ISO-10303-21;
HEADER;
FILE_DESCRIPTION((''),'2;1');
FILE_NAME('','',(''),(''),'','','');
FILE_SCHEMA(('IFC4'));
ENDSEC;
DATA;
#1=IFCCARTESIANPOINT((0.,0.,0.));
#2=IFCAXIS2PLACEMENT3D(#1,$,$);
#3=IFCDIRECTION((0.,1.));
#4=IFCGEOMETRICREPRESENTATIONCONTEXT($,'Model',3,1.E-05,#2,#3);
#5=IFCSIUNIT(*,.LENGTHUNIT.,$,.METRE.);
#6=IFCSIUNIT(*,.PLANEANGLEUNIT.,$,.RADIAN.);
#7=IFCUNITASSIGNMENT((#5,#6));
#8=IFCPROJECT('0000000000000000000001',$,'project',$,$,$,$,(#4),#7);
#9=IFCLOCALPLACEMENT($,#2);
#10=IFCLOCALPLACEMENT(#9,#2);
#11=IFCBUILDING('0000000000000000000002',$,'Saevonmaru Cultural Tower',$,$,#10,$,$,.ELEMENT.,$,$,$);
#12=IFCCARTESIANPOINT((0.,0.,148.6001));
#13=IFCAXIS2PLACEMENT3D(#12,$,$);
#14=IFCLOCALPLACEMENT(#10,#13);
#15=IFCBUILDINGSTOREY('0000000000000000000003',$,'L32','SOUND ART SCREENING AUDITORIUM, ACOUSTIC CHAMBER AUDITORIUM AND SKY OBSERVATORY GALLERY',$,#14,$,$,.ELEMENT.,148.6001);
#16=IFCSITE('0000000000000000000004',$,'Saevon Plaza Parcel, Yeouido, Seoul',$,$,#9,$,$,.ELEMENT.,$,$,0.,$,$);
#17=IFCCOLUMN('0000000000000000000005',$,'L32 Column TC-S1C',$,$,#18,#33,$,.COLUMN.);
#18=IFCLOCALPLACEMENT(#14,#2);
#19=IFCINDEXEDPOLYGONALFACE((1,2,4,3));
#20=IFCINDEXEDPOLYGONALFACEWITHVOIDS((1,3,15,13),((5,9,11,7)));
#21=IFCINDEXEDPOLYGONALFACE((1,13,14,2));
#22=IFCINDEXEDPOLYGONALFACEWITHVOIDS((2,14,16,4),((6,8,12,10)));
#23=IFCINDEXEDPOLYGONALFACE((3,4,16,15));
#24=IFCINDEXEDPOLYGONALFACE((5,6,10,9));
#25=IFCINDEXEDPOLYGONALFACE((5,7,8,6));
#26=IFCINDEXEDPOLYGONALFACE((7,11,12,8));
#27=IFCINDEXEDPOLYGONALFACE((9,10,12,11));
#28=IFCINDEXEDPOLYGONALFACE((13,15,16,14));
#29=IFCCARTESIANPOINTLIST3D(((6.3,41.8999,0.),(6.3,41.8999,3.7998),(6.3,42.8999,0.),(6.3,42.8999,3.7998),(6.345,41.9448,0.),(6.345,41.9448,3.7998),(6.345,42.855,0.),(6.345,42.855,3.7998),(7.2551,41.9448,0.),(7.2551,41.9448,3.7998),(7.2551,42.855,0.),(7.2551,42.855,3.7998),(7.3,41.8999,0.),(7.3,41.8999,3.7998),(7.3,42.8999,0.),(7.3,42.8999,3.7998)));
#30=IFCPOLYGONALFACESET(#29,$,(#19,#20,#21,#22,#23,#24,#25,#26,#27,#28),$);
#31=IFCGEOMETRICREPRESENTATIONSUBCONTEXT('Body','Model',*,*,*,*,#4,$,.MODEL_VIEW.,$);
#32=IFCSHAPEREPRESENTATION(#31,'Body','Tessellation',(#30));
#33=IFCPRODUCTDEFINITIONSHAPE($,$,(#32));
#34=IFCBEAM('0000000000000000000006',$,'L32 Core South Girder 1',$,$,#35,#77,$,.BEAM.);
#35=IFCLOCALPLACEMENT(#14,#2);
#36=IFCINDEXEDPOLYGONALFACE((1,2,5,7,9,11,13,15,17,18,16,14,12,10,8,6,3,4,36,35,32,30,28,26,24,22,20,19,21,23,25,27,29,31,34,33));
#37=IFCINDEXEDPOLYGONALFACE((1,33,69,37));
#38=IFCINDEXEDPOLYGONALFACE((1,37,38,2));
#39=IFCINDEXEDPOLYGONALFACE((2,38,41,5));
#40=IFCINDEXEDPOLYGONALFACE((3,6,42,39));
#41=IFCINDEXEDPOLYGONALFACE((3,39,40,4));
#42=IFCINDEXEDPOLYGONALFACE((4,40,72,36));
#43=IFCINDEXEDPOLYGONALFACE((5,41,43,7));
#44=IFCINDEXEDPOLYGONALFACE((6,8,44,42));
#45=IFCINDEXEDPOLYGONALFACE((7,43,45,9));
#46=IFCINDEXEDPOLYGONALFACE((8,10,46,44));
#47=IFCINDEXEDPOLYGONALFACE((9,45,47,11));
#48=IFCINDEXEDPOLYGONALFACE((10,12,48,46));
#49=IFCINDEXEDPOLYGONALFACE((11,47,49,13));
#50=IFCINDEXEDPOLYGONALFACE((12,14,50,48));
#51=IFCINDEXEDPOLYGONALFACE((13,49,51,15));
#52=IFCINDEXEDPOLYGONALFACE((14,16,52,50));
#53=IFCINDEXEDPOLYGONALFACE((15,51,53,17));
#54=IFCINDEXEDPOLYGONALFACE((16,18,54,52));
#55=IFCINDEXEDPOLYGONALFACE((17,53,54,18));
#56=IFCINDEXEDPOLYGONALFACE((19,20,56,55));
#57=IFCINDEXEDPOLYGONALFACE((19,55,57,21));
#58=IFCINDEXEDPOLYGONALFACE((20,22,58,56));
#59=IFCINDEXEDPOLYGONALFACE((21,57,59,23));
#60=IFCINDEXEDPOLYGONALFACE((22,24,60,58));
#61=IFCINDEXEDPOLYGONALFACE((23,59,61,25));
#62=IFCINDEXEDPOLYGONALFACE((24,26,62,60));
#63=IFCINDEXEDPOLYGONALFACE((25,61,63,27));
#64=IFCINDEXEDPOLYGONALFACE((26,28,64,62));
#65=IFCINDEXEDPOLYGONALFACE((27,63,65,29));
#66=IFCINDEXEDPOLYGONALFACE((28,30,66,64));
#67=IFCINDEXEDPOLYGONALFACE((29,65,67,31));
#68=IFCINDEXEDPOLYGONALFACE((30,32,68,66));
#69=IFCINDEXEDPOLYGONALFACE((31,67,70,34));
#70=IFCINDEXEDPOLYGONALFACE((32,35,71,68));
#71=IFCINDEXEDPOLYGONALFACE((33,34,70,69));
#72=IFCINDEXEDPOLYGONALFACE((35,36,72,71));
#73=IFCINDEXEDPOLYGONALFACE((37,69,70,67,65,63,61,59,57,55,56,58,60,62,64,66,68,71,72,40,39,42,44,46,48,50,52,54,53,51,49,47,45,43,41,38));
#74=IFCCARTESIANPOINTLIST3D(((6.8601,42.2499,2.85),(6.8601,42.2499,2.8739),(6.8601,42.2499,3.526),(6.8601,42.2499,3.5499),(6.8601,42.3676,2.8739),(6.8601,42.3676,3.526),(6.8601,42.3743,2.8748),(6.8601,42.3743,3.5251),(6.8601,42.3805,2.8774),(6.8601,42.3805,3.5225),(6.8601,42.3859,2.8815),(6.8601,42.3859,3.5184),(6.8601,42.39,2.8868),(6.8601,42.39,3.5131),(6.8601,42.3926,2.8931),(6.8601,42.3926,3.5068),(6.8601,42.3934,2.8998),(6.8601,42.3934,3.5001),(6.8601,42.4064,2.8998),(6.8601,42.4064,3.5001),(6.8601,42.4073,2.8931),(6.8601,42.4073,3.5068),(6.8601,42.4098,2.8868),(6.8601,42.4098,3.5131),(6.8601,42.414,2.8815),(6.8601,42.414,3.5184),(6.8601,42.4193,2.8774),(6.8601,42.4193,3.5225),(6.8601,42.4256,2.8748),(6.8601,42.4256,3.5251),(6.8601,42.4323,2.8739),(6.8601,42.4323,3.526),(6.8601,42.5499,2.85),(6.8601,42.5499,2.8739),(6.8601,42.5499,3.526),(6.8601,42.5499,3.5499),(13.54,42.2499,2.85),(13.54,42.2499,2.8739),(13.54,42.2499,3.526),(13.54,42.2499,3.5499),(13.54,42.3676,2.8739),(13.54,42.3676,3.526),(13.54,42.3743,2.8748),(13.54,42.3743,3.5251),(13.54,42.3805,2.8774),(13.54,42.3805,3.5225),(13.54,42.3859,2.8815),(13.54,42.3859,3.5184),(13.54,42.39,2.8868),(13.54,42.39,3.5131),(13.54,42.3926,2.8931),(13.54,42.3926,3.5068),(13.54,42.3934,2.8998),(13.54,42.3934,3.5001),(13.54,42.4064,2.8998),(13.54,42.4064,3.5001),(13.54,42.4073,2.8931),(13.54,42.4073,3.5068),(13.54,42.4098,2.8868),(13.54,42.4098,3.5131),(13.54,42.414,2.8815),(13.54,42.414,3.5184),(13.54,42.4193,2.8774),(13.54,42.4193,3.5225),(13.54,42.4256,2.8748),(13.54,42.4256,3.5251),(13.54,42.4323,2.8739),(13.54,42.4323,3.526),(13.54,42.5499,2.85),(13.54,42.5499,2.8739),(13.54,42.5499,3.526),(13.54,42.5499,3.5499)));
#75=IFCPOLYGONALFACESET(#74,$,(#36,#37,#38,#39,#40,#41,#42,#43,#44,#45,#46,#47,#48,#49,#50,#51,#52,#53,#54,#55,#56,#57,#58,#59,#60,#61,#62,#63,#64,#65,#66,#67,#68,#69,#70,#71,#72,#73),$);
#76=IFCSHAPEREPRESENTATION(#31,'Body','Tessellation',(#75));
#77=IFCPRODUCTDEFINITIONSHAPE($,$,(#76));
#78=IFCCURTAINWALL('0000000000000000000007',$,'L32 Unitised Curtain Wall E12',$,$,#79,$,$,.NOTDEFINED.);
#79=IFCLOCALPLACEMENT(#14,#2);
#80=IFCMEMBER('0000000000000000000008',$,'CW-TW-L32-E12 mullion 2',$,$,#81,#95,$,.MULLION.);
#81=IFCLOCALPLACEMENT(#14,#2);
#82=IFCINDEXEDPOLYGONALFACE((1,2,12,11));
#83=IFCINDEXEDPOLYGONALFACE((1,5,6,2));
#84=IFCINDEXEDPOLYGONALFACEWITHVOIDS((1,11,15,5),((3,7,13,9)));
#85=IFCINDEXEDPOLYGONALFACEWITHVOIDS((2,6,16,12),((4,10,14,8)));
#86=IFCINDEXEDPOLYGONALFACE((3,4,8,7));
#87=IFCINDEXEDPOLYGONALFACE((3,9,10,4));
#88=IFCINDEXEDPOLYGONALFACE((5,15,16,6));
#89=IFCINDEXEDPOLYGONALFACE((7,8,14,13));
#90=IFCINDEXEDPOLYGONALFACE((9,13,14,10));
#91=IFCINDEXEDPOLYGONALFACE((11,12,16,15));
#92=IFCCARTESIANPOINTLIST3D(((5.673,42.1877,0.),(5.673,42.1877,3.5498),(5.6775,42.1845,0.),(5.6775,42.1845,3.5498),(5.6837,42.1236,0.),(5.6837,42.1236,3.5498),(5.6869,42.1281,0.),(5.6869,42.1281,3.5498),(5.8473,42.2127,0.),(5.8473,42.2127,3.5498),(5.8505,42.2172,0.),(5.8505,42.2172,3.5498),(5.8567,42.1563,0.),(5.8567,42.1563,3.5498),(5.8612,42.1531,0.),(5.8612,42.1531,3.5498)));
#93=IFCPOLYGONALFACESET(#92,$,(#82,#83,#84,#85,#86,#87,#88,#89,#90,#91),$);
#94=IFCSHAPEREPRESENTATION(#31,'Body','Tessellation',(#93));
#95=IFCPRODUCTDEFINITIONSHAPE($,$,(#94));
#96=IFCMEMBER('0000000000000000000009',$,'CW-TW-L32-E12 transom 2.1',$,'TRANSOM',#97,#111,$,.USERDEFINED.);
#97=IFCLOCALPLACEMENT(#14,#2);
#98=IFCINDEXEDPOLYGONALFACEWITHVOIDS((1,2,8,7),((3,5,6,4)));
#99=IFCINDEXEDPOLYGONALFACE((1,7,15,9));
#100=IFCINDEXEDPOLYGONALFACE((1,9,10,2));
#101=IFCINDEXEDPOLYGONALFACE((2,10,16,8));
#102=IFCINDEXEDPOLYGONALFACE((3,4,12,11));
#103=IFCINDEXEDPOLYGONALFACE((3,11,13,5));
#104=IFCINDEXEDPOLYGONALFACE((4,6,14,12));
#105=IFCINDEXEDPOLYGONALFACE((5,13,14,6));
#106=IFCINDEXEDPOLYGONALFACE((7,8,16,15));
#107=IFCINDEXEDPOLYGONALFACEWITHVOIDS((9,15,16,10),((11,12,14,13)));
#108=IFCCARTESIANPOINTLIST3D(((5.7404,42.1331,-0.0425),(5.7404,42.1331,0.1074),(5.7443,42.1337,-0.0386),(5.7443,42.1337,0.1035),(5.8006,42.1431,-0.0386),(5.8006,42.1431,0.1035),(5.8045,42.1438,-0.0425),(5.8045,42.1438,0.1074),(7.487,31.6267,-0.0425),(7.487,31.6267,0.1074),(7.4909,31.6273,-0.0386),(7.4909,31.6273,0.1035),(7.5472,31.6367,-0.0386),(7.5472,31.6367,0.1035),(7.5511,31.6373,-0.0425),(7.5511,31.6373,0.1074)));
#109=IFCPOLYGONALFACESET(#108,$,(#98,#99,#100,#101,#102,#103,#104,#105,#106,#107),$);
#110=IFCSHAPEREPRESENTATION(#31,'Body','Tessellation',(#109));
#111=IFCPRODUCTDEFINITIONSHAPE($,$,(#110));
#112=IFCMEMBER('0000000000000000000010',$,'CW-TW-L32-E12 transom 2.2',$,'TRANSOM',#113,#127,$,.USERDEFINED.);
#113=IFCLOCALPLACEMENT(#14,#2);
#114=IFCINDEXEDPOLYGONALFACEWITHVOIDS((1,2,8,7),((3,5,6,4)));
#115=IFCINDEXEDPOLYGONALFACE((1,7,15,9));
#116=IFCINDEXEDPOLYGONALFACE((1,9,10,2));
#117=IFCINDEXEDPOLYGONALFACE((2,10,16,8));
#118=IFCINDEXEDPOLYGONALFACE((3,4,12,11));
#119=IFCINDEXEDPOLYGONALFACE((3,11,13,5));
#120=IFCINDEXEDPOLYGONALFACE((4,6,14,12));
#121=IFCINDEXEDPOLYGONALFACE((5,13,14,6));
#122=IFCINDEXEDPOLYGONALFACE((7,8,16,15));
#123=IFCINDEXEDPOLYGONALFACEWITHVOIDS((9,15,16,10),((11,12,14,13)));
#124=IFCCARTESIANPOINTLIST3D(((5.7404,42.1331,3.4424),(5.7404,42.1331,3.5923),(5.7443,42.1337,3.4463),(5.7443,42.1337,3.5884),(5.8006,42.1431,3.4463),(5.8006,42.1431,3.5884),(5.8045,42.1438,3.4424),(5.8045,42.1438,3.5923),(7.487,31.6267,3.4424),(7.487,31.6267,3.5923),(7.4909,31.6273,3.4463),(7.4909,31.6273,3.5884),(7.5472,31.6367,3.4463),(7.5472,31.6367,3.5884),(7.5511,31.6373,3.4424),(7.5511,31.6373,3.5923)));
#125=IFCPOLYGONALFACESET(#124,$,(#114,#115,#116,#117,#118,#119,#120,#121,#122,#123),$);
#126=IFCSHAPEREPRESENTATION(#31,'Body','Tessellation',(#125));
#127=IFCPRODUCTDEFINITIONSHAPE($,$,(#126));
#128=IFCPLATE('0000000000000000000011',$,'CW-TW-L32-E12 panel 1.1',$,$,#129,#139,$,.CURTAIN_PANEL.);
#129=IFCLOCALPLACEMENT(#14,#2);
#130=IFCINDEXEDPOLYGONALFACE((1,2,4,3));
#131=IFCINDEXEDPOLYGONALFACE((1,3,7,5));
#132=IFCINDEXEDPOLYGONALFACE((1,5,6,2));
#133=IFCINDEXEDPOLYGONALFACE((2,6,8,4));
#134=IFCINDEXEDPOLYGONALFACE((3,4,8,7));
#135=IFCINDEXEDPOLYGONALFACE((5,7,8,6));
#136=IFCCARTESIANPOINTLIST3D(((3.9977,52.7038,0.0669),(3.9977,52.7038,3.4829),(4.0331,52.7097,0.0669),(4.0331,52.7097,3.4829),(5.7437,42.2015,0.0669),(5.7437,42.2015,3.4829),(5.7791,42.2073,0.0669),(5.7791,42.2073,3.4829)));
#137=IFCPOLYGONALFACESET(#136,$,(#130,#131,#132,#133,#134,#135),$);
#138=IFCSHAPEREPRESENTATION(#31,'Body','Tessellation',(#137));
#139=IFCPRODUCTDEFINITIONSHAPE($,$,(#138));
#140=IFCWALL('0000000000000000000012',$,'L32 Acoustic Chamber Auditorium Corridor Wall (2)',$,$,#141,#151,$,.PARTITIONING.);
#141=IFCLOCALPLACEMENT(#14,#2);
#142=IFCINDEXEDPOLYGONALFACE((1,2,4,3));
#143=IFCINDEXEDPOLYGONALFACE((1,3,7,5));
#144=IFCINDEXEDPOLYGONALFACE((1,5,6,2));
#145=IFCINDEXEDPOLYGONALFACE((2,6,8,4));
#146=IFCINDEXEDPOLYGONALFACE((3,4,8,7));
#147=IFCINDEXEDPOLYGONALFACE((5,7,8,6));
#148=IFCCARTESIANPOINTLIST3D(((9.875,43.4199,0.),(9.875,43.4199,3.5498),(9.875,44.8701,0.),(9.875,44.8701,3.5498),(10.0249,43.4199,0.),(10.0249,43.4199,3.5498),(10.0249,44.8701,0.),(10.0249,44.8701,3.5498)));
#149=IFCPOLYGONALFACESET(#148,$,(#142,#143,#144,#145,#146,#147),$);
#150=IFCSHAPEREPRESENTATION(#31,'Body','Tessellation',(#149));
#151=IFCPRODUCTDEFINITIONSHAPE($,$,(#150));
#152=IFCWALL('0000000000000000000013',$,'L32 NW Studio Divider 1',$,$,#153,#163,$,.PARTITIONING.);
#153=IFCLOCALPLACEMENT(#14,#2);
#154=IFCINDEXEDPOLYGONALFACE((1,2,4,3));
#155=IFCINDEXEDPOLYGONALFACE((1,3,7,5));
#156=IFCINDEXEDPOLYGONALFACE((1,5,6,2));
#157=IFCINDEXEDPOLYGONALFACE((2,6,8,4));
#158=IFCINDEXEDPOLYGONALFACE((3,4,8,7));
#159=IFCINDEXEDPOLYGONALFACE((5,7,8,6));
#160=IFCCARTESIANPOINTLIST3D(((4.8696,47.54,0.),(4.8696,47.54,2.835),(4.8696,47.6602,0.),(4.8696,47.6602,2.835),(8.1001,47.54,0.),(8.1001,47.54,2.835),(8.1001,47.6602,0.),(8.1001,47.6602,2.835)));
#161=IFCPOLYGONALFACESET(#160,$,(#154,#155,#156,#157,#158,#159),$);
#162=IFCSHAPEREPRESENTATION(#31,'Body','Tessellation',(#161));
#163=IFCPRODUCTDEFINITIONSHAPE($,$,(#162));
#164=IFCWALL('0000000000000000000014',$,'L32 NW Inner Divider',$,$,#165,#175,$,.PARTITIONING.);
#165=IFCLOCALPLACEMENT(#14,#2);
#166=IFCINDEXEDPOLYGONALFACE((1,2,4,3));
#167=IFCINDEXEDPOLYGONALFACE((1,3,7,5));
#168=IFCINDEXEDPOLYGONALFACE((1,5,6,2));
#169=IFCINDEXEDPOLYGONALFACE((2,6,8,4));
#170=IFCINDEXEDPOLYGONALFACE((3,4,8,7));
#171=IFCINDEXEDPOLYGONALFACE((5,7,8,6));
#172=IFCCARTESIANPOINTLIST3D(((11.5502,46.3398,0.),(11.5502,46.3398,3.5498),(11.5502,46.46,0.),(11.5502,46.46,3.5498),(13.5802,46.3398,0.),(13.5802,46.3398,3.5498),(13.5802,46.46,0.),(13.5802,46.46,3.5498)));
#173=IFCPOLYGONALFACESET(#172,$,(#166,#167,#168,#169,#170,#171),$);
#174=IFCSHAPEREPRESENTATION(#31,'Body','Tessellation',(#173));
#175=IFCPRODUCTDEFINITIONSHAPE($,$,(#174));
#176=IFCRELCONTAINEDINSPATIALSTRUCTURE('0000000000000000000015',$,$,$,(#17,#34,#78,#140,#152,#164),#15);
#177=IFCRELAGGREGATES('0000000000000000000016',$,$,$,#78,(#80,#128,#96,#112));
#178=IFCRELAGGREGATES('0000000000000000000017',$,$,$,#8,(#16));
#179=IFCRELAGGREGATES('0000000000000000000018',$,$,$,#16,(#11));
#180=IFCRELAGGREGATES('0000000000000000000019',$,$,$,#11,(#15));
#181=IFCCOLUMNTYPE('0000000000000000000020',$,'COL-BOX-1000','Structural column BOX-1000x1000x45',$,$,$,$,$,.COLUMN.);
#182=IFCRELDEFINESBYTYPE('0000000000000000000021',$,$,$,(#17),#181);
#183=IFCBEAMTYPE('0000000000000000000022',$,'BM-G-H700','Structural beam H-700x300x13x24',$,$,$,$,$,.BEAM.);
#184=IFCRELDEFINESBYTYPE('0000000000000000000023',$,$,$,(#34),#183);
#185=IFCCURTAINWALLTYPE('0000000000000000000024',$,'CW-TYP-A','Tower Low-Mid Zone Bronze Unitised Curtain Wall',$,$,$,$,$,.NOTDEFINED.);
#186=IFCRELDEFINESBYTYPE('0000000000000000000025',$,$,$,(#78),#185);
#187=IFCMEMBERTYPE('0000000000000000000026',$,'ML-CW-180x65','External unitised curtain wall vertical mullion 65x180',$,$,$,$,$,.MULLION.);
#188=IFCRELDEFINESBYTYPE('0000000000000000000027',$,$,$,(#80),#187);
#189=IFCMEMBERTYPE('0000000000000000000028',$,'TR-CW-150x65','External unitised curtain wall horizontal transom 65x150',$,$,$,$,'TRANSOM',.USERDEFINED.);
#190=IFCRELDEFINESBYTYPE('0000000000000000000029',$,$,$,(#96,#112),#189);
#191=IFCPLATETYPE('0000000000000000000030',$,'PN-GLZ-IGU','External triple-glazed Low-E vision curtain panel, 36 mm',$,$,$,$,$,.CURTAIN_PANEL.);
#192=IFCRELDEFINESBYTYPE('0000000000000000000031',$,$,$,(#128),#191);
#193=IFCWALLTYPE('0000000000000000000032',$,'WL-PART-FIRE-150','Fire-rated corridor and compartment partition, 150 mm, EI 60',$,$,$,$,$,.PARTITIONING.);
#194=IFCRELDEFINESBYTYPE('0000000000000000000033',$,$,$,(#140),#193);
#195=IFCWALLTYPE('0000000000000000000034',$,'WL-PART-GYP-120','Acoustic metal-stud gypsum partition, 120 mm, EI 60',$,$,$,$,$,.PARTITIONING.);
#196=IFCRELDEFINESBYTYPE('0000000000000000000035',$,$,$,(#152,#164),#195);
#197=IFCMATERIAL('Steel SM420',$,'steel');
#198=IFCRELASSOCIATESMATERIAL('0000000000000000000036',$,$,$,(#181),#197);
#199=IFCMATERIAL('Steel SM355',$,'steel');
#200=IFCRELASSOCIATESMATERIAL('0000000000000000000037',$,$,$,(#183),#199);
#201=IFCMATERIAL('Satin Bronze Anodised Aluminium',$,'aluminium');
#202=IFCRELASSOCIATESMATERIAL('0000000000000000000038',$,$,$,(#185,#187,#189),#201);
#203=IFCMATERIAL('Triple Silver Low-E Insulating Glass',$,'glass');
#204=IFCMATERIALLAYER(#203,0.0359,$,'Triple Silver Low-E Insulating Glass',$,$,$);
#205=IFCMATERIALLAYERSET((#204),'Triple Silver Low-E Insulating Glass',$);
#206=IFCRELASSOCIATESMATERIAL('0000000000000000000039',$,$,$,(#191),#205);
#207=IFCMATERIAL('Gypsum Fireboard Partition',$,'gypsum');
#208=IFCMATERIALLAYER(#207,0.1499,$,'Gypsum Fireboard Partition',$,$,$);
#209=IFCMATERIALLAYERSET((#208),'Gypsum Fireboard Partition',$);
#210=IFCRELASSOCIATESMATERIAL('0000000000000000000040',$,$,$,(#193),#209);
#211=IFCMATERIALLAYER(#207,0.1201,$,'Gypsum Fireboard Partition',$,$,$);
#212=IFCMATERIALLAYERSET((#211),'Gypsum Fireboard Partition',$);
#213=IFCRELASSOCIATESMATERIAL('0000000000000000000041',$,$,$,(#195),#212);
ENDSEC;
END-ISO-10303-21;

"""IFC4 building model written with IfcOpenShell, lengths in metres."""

from ifc_helpers import new_model, si_unit, direction, frame, frame_2d, origin, origin_2d, place, context, subcontext, project, spatial, rectangle, hollow_rectangle, i_section, extrude, material, layer, layer_set, material_profile, profile_set, type_object, element, aggregate, save


model = new_model("IFC4")

# Units and contexts
model_context = context("Model", 3, precision=1e-05, world=origin(), true_north=direction((0.0, 1.0)))
body_context = subcontext(model_context, "Body", "Model", "MODEL_VIEW")
ifc_project = project(units=[si_unit("LENGTHUNIT", "METRE"), si_unit("PLANEANGLEUNIT", "RADIAN")], contexts=[model_context])

# Site, building, storey
site_placement = place(None, origin())
site = spatial("IfcSite", under=ifc_project, at=site_placement, Name="Saevon Plaza Parcel, Yeouido, Seoul", CompositionType="ELEMENT", RefElevation=0.0)
building_placement = place(site_placement, origin())
building = spatial("IfcBuilding", under=site, at=building_placement, Name="Saevonmaru Cultural Tower", CompositionType="ELEMENT")
storey_placement = place(building_placement, frame((0.0, 0.0, 148.6001)))
storey = spatial("IfcBuildingStorey", under=building, at=storey_placement, Name="L32", Description="SOUND ART SCREENING AUDITORIUM, ACOUSTIC CHAMBER AUDITORIUM AND SKY OBSERVATORY GALLERY", CompositionType="ELEMENT", Elevation=148.6001)

# Column
ifc_material_1 = material(Name="Steel SM420", Category="steel")
ifc_material_profile_1 = material_profile(ifc_material_1, hollow_rectangle(XDim=1.0, YDim=1.0, WallThickness=0.0449, at=origin_2d()), Name="BOX-1000x1000x45")
ifc_profile_set_1 = profile_set([ifc_material_profile_1], Name="Steel SM420")
column_type = type_object("IfcColumnType", Name="COL-BOX-1000", Description="Structural column BOX-1000x1000x45", PredefinedType="COLUMN", material=ifc_profile_set_1)
column_placement = place(storey_placement, frame((6.8, 42.3999, 0.0), z_axis=(0.0, 0.0, 1.0), x_axis=(1.0, 0.0, 0.0)))
element("IfcColumn", 1, at=column_placement, inside=storey, type_object=column_type, Name="L32 Column TC-S1C", PredefinedType="COLUMN", context=body_context, shape_type="SweptSolid", body=[
    extrude(hollow_rectangle(XDim=1.0, YDim=1.0, WallThickness=0.0449, at=origin_2d()), origin(), (0.0, 0.0, 1.0), 3.7998),
])

# Beam
ifc_material_2 = material(Name="Steel SM355", Category="steel")
ifc_material_profile_2 = material_profile(ifc_material_2, i_section(OverallWidth=0.3, OverallDepth=0.7, WebThickness=0.0129, FlangeThickness=0.0239, FilletRadius=0.0259, at=origin_2d()), Name="H-700x300x13x24")
ifc_profile_set_2 = profile_set([ifc_material_profile_2], Name="Steel SM355")
beam_type = type_object("IfcBeamType", Name="BM-G-H700", Description="Structural beam H-700x300x13x24", PredefinedType="BEAM", material=ifc_profile_set_2)
beam_placement = place(storey_placement, frame((6.8601, 42.3999, 3.2), z_axis=(1.0, 0.0, 0.0), x_axis=(0.0, 1.0, 0.0)))
element("IfcBeam", 2, at=beam_placement, inside=storey, type_object=beam_type, Name="L32 Core South Girder 1", PredefinedType="BEAM", context=body_context, shape_type="SweptSolid", body=[
    extrude(i_section(OverallWidth=0.3, OverallDepth=0.7, WebThickness=0.0129, FlangeThickness=0.0239, FilletRadius=0.0259, at=origin_2d()), origin(), (0.0, 0.0, 1.0), 6.6799),
])

# Curtain wall, members, plate
ifc_material_3 = material(Name="Satin Bronze Anodised Aluminium", Category="aluminium")
curtain_wall_type = type_object("IfcCurtainWallType", Name="CW-TYP-A", Description="Tower Low-Mid Zone Bronze Unitised Curtain Wall", PredefinedType="NOTDEFINED", material=ifc_material_3)
curtain_wall_placement = place(storey_placement, origin())
curtain_wall = element("IfcCurtainWall", 3, at=curtain_wall_placement, inside=storey, type_object=curtain_wall_type, Name="L32 Unitised Curtain Wall E12", PredefinedType="NOTDEFINED")
ifc_material_profile_3 = material_profile(ifc_material_3, hollow_rectangle(XDim=0.0649, YDim=0.1799, WallThickness=0.0039, at=origin_2d()), Name="ALU-MULL-180x65x4")
ifc_profile_set_3 = profile_set([ifc_material_profile_3], Name="Satin Bronze Anodised Aluminium")
member_type_1 = type_object("IfcMemberType", Name="ML-CW-180x65", Description="External unitised curtain wall vertical mullion 65x180", PredefinedType="MULLION", material=ifc_profile_set_3)
member_1_placement = place(storey_placement, frame((5.7671, 42.1704, 0.0), z_axis=(0.0, 0.0, 1.0), x_axis=(0.163999, -0.986461, 0.0)))
member_1 = element("IfcMember", 4, at=member_1_placement, type_object=member_type_1, Name="CW-TW-L32-E12 mullion 2", PredefinedType="MULLION", context=body_context, shape_type="SweptSolid", body=[
    extrude(hollow_rectangle(XDim=0.0649, YDim=0.1799, WallThickness=0.0039, at=origin_2d()), origin(), (0.0, 0.0, 1.0), 3.5498),
])
ifc_material_profile_4 = material_profile(ifc_material_3, hollow_rectangle(XDim=0.0649, YDim=0.1499, WallThickness=0.0039, at=origin_2d()), Name="ALU-TRAN-150x65x4")
ifc_profile_set_4 = profile_set([ifc_material_profile_4], Name="Satin Bronze Anodised Aluminium")
member_type_2 = type_object("IfcMemberType", Name="TR-CW-150x65", Description="External unitised curtain wall horizontal transom 65x150", ElementType="TRANSOM", PredefinedType="USERDEFINED", material=ifc_profile_set_4)
member_2_placement = place(storey_placement, frame((5.7725, 42.1384, 0.0325), z_axis=(0.16399, -0.986462, 0.0), x_axis=(0.986462, 0.16399, 0.0)))
member_2 = element("IfcMember", 5, at=member_2_placement, type_object=member_type_2, Name="CW-TW-L32-E12 transom 2.1", ObjectType="TRANSOM", PredefinedType="USERDEFINED", context=body_context, shape_type="SweptSolid", body=[
    extrude(hollow_rectangle(XDim=0.0649, YDim=0.1499, WallThickness=0.0039, at=origin_2d()), origin(), (0.0, 0.0, 1.0), 10.6506),
])
member_3_placement = place(storey_placement, frame((5.7725, 42.1384, 3.5173), z_axis=(0.16399, -0.986462, 0.0), x_axis=(0.986462, 0.16399, 0.0)))
member_3 = element("IfcMember", 6, at=member_3_placement, type_object=member_type_2, Name="CW-TW-L32-E12 transom 2.2", ObjectType="TRANSOM", PredefinedType="USERDEFINED", context=body_context, shape_type="SweptSolid", body=[
    extrude(hollow_rectangle(XDim=0.0649, YDim=0.1499, WallThickness=0.0039, at=origin_2d()), origin(), (0.0, 0.0, 1.0), 10.6506),
])
ifc_material_4 = material(Name="Triple Silver Low-E Insulating Glass", Category="glass")
ifc_layer_1 = layer(ifc_material_4, 0.0359, Name="Triple Silver Low-E Insulating Glass")
ifc_layer_set_1 = layer_set([ifc_layer_1], Name="Triple Silver Low-E Insulating Glass")
plate_type = type_object("IfcPlateType", Name="PN-GLZ-IGU", Description="External triple-glazed Low-E vision curtain panel, 36 mm", PredefinedType="CURTAIN_PANEL", material=ifc_layer_set_1)
plate_placement = place(storey_placement, frame((4.8884, 47.4556, 0.0669), z_axis=(0.0, 0.0, 1.0), x_axis=(0.163999, -0.986461, 0.0)))
plate = element("IfcPlate", 7, at=plate_placement, type_object=plate_type, Name="CW-TW-L32-E12 panel 1.1", PredefinedType="CURTAIN_PANEL", context=body_context, shape_type="SweptSolid", body=[
    extrude(rectangle(XDim=10.6465, YDim=0.0359, at=origin_2d()), origin(), (0.0, 0.0, 1.0), 3.416),
])
aggregate(curtain_wall, [member_1, plate, member_2, member_3])

# Shared definitions
ifc_material_5 = material(Name="Gypsum Fireboard Partition", Category="gypsum")
ifc_layer_2 = layer(ifc_material_5, 0.1499, Name="Gypsum Fireboard Partition")
ifc_layer_set_2 = layer_set([ifc_layer_2], Name="Gypsum Fireboard Partition")
wall_type_1 = type_object("IfcWallType", Name="WL-PART-FIRE-150", Description="Fire-rated corridor and compartment partition, 150 mm, EI 60", PredefinedType="PARTITIONING", material=ifc_layer_set_2)

# Wall
wall_1_placement = place(storey_placement, frame((9.95, 43.4199, 0.0), z_axis=(0.0, 0.0, 1.0), x_axis=(0.0, 1.0, 0.0)))
element("IfcWall", 8, at=wall_1_placement, inside=storey, type_object=wall_type_1, Name="L32 Acoustic Chamber Auditorium Corridor Wall (2)", PredefinedType="PARTITIONING", context=body_context, shape_type="SweptSolid", body=[
    extrude(rectangle(XDim=1.4502, YDim=0.1499, at=frame_2d((0.7251, 0.0))), origin(), (0.0, 0.0, 1.0), 3.5498),
])

# Walls
ifc_layer_3 = layer(ifc_material_5, 0.1201, Name="Gypsum Fireboard Partition")
ifc_layer_set_3 = layer_set([ifc_layer_3], Name="Gypsum Fireboard Partition")
wall_type_2 = type_object("IfcWallType", Name="WL-PART-GYP-120", Description="Acoustic metal-stud gypsum partition, 120 mm, EI 60", PredefinedType="PARTITIONING", material=ifc_layer_set_3)
wall_2_placement = place(storey_placement, frame((4.8696, 47.6001, 0.0), z_axis=(0.0, 0.0, 1.0), x_axis=(1.0, 0.0, 0.0)))
element("IfcWall", 9, at=wall_2_placement, inside=storey, type_object=wall_type_2, Name="L32 NW Studio Divider 1", PredefinedType="PARTITIONING", context=body_context, shape_type="SweptSolid", body=[
    extrude(rectangle(XDim=3.2305, YDim=0.1201, at=frame_2d((1.6152, 0.0))), origin(), (0.0, 0.0, 1.0), 2.835),
])
wall_3_placement = place(storey_placement, frame((11.55, 46.3999, 0.0), z_axis=(0.0, 0.0, 1.0), x_axis=(1.0, 0.0, 0.0)))
element("IfcWall", 10, at=wall_3_placement, inside=storey, type_object=wall_type_2, Name="L32 NW Inner Divider", PredefinedType="PARTITIONING", context=body_context, shape_type="SweptSolid", body=[
    extrude(rectangle(XDim=2.03, YDim=0.1201, at=frame_2d((1.0151, 0.0))), origin(), (0.0, 0.0, 1.0), 3.5498),
])

save(model, "model.ifc")
